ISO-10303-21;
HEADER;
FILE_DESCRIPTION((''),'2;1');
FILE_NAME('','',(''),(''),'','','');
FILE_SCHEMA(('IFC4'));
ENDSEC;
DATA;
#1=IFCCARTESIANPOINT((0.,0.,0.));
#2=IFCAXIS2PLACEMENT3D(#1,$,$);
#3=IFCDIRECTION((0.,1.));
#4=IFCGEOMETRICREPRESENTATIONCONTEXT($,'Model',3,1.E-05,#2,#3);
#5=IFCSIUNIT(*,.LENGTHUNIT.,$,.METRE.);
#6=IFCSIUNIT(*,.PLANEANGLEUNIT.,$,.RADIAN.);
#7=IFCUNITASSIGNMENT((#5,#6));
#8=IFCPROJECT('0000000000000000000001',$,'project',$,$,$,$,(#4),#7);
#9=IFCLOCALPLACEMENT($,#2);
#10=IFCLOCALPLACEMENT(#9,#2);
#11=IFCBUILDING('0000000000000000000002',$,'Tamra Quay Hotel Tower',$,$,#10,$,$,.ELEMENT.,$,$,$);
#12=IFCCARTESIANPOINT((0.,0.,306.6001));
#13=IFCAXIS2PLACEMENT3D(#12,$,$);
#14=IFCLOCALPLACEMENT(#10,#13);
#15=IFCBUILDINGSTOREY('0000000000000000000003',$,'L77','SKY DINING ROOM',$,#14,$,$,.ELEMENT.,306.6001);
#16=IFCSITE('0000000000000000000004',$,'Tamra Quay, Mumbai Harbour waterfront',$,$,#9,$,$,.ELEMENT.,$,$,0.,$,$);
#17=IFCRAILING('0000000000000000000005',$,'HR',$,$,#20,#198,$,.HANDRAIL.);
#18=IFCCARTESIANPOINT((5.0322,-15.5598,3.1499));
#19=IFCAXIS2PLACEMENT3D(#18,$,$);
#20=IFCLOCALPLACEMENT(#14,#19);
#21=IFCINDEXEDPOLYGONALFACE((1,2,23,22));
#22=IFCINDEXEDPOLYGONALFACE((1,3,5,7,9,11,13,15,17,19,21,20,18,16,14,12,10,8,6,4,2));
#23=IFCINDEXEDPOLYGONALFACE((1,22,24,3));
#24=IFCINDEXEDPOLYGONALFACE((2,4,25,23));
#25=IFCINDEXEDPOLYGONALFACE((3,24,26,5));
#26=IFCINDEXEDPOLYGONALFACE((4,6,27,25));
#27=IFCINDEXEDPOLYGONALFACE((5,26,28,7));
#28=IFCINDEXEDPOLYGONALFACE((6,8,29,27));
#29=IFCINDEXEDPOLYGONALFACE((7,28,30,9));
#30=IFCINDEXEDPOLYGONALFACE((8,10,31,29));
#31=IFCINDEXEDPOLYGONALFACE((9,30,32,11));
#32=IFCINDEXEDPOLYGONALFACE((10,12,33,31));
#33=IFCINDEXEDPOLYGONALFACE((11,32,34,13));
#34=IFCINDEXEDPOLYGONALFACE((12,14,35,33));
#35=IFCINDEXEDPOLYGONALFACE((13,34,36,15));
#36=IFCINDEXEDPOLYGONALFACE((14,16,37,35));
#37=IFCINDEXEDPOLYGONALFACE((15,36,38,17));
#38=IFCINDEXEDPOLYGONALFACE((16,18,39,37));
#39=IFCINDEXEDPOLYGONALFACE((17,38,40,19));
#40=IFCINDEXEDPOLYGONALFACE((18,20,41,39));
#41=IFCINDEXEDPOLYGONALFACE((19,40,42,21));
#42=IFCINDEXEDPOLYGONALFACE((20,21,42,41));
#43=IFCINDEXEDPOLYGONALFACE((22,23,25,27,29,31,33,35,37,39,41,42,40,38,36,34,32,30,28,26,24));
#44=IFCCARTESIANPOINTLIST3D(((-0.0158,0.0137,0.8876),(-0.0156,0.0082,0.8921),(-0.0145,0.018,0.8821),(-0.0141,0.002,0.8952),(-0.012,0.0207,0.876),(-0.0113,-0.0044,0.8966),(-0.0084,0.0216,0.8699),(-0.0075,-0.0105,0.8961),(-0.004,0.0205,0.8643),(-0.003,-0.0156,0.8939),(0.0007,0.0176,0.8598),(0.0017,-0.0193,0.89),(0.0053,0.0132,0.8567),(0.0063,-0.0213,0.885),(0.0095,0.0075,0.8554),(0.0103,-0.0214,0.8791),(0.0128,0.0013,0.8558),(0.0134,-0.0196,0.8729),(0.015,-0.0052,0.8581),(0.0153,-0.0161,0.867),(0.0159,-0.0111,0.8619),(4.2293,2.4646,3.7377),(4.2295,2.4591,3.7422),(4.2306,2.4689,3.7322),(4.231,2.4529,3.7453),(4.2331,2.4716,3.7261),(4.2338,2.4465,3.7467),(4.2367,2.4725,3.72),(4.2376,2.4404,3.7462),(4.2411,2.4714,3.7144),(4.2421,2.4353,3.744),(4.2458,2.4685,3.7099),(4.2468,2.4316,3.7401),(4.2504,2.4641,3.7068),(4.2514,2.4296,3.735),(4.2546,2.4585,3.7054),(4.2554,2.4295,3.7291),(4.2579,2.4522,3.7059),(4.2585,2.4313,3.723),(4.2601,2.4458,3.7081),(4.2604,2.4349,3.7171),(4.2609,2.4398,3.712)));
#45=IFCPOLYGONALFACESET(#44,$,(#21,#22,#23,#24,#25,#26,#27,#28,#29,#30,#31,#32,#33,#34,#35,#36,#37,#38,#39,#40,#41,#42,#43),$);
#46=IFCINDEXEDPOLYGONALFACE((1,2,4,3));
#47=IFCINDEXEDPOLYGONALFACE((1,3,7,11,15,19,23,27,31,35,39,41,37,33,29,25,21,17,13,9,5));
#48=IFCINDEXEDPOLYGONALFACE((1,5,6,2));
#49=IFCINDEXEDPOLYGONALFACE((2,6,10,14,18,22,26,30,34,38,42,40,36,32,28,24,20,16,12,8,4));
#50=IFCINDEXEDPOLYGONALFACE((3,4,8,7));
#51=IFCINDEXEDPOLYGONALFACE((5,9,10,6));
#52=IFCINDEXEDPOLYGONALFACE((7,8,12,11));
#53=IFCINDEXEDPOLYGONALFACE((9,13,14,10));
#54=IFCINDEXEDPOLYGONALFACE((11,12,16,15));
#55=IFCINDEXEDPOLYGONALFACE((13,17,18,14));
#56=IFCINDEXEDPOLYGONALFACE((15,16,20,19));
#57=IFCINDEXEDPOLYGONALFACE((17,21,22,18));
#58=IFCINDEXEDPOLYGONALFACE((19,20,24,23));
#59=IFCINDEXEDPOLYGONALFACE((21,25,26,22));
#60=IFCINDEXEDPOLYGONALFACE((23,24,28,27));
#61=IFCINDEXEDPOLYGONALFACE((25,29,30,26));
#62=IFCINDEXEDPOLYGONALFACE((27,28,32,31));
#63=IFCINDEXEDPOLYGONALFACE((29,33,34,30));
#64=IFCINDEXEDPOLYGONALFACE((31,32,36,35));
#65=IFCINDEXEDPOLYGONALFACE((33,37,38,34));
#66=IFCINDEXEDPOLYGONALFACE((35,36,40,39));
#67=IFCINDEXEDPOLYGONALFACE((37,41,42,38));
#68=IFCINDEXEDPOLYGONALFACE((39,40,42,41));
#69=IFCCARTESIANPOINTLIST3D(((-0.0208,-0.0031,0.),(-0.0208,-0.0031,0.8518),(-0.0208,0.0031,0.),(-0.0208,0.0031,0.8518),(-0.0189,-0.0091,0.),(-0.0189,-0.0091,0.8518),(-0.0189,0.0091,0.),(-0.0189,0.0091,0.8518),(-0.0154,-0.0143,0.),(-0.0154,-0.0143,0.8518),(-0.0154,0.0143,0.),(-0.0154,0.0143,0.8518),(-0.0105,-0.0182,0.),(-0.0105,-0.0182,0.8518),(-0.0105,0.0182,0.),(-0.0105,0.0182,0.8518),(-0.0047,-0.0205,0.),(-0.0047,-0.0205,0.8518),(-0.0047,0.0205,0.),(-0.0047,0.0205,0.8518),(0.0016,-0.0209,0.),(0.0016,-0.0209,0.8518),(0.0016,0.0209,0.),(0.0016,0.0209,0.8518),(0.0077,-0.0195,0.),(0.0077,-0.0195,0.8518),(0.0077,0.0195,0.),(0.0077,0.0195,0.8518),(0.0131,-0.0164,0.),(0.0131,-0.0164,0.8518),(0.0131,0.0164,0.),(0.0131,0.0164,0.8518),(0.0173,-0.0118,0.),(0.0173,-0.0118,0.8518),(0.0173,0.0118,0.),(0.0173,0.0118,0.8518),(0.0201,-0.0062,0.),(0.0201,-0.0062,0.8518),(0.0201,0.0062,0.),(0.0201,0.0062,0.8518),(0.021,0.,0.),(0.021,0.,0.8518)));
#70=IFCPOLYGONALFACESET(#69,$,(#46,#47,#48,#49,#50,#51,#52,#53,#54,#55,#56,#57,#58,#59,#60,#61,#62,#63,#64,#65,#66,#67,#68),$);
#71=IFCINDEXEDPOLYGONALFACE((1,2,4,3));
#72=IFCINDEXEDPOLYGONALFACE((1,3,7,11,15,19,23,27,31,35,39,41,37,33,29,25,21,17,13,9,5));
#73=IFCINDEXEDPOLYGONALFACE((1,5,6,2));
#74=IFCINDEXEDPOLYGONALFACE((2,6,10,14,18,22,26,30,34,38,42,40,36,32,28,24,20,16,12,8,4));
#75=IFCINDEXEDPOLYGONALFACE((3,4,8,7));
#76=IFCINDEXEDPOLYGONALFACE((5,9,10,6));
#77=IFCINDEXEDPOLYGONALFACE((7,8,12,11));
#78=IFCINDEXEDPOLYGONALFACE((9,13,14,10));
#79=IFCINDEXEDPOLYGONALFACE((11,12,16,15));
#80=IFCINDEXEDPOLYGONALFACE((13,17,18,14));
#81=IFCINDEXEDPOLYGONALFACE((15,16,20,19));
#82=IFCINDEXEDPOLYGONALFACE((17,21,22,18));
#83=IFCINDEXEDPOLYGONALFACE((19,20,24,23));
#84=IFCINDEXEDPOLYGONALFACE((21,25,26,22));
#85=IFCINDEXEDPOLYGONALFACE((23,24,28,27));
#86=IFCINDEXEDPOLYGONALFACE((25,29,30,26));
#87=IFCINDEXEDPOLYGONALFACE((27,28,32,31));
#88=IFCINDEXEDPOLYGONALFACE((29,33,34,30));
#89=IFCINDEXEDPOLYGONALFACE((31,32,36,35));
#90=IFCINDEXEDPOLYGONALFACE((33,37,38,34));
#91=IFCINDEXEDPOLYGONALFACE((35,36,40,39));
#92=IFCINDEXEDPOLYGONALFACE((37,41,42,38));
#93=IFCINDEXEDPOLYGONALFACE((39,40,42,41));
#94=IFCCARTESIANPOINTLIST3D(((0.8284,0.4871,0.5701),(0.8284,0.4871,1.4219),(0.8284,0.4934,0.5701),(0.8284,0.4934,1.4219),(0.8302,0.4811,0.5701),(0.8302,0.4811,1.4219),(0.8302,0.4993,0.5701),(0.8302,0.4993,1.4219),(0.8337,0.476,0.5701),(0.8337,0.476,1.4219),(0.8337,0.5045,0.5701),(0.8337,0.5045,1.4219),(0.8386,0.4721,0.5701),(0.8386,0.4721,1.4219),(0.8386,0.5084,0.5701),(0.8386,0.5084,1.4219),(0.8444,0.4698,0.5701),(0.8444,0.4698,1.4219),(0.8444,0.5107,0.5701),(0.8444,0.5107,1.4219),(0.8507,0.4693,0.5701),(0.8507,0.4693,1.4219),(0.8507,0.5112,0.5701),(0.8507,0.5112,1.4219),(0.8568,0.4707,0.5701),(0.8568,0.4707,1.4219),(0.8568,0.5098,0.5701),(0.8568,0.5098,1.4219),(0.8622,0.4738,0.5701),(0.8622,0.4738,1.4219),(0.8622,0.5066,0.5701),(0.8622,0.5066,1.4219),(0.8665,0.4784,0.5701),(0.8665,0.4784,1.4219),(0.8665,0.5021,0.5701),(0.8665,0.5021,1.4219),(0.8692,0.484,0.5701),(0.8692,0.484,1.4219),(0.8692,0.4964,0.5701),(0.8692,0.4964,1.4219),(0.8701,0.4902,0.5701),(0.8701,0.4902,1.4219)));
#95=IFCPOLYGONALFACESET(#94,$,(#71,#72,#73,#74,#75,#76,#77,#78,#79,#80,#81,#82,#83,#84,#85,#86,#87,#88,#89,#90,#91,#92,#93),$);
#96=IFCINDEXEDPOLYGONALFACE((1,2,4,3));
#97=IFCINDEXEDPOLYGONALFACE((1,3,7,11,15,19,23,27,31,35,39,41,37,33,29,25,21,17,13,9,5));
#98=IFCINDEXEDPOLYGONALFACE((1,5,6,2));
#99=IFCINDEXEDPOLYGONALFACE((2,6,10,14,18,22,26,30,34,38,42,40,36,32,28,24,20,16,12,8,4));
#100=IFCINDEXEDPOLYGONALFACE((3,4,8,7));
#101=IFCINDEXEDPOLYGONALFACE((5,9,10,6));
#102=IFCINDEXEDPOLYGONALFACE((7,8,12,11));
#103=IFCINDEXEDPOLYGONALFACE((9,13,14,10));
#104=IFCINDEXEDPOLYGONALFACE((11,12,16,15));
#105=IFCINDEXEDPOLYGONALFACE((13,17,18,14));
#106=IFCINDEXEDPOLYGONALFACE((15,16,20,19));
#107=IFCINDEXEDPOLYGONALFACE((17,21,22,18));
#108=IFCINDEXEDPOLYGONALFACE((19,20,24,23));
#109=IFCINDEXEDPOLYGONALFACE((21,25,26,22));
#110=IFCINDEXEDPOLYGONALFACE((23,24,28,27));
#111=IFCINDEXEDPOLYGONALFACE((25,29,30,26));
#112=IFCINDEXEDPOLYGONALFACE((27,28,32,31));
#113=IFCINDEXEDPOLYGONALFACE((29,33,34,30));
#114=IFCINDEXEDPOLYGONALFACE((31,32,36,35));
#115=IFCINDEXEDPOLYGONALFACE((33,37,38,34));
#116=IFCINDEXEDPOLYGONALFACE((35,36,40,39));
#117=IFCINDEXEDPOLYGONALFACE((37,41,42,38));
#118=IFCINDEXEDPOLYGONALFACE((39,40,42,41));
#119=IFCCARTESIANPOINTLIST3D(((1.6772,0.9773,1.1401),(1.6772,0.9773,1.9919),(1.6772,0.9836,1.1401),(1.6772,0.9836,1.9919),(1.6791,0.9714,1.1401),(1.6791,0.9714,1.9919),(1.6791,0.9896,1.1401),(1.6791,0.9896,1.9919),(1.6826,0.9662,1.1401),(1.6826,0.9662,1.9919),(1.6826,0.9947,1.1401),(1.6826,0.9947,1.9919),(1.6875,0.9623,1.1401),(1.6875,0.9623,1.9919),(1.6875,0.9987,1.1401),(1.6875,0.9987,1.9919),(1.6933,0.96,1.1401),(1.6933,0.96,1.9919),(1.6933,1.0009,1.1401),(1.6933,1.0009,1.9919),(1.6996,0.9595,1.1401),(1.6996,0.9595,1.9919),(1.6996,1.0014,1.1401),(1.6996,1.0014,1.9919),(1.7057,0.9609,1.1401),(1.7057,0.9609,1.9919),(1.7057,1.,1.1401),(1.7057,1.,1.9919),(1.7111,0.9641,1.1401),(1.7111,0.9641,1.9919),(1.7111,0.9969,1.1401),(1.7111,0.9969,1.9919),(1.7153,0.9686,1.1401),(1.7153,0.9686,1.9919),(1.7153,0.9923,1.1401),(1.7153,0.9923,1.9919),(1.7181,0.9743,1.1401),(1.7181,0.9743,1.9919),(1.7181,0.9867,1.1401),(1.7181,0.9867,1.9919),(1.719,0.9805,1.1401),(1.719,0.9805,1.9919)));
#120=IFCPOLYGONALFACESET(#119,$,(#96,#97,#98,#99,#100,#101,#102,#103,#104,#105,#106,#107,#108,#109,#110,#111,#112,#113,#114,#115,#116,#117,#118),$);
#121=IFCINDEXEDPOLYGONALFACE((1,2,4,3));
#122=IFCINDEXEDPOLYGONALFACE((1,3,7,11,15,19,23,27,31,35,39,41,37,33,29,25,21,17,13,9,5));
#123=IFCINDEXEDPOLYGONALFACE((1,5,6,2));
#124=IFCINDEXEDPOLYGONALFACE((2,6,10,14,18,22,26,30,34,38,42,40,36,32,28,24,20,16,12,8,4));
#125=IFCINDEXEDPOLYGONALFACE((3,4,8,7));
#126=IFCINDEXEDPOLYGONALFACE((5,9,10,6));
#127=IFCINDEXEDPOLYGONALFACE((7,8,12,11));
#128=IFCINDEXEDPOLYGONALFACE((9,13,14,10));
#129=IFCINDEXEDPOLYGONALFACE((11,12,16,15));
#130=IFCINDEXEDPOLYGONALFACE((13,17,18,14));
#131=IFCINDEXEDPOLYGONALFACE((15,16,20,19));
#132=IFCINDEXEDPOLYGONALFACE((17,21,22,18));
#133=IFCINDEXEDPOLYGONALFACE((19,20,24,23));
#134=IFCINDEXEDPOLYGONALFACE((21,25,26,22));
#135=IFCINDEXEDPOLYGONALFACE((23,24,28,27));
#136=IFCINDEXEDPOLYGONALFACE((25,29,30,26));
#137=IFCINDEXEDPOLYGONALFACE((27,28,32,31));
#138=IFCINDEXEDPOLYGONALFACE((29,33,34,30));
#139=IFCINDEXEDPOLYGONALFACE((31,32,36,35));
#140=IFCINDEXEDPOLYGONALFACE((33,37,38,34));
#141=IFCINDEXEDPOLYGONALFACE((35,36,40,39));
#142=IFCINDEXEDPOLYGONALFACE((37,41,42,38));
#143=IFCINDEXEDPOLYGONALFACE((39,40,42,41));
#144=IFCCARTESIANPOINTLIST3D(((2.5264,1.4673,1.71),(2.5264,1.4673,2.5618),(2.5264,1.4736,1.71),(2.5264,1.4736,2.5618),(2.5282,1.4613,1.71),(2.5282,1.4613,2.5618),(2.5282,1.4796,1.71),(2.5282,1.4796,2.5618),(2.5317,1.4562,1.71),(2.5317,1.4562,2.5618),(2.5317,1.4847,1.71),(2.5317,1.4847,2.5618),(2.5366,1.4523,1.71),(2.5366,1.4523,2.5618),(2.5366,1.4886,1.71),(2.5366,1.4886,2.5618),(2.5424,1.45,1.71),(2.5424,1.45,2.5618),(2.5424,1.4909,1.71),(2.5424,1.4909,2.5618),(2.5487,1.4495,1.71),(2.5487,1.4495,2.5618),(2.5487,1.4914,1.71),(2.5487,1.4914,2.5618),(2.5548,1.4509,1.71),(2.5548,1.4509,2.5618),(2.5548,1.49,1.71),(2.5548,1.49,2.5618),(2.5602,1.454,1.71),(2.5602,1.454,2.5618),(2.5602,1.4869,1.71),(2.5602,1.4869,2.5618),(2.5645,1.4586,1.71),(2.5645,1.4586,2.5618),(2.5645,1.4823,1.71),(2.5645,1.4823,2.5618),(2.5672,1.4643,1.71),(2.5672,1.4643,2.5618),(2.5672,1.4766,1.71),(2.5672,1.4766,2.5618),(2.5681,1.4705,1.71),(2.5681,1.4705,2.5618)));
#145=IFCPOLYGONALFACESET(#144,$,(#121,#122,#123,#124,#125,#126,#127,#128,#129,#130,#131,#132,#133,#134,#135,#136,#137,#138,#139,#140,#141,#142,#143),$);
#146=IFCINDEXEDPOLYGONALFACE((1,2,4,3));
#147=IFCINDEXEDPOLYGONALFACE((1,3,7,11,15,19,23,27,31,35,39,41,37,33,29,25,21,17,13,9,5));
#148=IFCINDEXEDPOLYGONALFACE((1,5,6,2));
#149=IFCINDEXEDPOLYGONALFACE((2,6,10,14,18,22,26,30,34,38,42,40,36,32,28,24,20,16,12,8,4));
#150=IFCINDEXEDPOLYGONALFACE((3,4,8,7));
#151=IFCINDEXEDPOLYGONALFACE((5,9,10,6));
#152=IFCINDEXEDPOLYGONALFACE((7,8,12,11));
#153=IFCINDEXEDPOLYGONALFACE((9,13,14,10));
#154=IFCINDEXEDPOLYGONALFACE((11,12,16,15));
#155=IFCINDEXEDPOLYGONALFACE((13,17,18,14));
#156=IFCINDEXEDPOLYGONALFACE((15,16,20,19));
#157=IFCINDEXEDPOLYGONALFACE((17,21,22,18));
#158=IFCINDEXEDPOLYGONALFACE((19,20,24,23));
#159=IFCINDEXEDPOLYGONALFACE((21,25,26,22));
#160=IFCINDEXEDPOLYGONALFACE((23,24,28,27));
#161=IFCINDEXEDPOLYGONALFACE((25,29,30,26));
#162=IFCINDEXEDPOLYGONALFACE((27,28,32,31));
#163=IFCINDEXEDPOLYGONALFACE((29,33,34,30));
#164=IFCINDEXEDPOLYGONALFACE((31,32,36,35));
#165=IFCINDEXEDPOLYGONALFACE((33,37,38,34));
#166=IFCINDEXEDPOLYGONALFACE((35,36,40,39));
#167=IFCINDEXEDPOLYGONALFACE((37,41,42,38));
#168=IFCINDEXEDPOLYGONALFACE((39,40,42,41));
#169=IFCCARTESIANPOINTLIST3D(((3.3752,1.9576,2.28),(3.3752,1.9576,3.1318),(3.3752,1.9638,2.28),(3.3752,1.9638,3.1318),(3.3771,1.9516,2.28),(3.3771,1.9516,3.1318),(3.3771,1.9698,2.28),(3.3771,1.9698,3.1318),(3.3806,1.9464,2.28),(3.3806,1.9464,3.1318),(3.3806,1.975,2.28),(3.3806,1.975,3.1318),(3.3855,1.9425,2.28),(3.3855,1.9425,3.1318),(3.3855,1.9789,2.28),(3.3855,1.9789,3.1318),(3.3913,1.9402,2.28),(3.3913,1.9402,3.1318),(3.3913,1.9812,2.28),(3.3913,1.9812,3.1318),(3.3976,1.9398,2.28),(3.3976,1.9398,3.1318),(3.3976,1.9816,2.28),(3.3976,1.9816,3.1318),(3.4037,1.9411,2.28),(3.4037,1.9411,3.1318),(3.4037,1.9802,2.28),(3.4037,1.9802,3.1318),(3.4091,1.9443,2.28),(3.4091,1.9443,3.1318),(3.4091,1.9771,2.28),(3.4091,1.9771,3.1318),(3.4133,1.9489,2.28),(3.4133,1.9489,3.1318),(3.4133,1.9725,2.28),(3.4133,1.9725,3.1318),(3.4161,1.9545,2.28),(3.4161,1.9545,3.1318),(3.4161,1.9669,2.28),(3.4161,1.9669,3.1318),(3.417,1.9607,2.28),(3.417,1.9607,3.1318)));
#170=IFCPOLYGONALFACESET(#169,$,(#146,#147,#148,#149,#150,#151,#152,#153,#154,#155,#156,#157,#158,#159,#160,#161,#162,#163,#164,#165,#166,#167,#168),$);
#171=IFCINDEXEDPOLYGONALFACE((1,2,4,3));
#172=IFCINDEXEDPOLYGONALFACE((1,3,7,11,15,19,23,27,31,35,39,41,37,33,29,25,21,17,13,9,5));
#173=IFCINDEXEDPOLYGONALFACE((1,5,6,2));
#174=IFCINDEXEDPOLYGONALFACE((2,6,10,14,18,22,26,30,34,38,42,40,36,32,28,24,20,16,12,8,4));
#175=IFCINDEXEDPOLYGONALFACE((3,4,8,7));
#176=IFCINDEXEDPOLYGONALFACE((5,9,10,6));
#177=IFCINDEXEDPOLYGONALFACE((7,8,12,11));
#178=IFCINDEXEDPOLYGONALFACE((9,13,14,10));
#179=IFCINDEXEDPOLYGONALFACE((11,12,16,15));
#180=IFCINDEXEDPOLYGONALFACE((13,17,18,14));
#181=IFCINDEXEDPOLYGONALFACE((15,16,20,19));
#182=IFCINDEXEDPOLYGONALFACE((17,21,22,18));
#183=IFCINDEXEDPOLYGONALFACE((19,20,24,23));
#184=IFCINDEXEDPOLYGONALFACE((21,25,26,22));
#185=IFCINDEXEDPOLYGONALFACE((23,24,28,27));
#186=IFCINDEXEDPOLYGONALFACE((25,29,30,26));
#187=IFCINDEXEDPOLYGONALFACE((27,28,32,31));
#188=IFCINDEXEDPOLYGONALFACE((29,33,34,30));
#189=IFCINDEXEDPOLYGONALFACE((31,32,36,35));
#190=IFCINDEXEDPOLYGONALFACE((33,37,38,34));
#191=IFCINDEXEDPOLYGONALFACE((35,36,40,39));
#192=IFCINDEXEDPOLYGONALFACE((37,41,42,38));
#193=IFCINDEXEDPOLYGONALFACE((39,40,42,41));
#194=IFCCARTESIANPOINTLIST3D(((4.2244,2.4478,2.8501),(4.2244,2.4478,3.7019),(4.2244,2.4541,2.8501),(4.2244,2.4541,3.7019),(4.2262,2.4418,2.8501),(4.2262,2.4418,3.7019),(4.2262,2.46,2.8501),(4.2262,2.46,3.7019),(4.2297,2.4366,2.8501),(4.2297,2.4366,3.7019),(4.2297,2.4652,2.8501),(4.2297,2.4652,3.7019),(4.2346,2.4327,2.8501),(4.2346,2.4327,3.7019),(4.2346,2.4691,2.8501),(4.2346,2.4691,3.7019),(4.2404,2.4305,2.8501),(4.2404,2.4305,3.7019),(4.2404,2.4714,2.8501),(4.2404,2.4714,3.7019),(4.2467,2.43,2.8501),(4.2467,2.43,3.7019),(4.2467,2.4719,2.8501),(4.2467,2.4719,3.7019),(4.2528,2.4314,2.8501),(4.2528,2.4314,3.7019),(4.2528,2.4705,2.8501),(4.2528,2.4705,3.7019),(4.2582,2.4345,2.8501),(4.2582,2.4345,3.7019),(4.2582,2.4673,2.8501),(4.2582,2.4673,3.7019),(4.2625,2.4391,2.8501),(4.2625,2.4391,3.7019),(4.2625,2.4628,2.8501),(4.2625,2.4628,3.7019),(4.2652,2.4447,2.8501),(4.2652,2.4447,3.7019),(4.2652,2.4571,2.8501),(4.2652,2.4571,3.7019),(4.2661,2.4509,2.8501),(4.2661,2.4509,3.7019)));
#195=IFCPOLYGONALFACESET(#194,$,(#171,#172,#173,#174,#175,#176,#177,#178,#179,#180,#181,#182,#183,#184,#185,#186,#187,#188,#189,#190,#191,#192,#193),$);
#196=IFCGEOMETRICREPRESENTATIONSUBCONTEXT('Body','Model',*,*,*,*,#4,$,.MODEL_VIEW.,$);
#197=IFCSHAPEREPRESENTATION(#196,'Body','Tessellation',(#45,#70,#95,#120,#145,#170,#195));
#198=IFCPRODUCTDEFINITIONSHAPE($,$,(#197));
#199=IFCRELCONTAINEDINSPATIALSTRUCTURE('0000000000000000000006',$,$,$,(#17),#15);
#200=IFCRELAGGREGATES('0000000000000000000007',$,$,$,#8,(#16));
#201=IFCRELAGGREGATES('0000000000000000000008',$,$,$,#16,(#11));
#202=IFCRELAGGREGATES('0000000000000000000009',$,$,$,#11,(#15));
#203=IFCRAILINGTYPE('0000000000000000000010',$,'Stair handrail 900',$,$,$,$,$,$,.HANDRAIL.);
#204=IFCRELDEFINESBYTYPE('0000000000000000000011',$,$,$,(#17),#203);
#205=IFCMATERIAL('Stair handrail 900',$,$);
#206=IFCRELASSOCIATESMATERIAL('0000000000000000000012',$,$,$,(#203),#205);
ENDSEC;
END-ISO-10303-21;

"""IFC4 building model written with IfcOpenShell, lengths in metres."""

from ifc_helpers import new_model, si_unit, direction, frame, origin, origin_2d, place, context, subcontext, project, spatial, circle, extrude, material, type_object, element, save


model = new_model("IFC4")

# Units and contexts
model_context = context("Model", 3, precision=1e-05, world=origin(), true_north=direction((0.0, 1.0)))
body_context = subcontext(model_context, "Body", "Model", "MODEL_VIEW")
ifc_project = project(units=[si_unit("LENGTHUNIT", "METRE"), si_unit("PLANEANGLEUNIT", "RADIAN")], contexts=[model_context])

# Site, building, storey
site_placement = place(None, origin())
site = spatial("IfcSite", under=ifc_project, at=site_placement, Name="Tamra Quay, Mumbai Harbour waterfront", CompositionType="ELEMENT", RefElevation=0.0)
building_placement = place(site_placement, origin())
building = spatial("IfcBuilding", under=site, at=building_placement, Name="Tamra Quay Hotel Tower", CompositionType="ELEMENT")
storey_placement = place(building_placement, frame((0.0, 0.0, 306.6001)))
storey = spatial("IfcBuildingStorey", under=building, at=storey_placement, Name="L77", Description="SKY DINING ROOM", CompositionType="ELEMENT", Elevation=306.6001)

# Railing
ifc_material_1 = material(Name="Stair handrail 900")
railing_type = type_object("IfcRailingType", Name="Stair handrail 900", PredefinedType="HANDRAIL", material=ifc_material_1)
railing_placement = place(storey_placement, frame((5.0322, -15.5598, 3.1499)))
element("IfcRailing", 1, at=railing_placement, inside=storey, type_object=railing_type, Name="HR", PredefinedType="HANDRAIL", context=body_context, shape_type="SweptSolid", body=[
    extrude(circle(Radius=0.0239, at=origin_2d()), frame((0.0, 0.0, 0.876), z_axis=(0.748672, 0.432247, 0.502645), x_axis=(-0.500001, 0.866025, 0.0)), (0.0, 0.0, 1.0), 5.6702),
    extrude(circle(Radius=0.021, at=origin_2d()), origin(), (0.0, 0.0, 1.0), 0.8518),
    extrude(circle(Radius=0.021, at=origin_2d()), frame((0.8491, 0.4902, 0.5701)), (0.0, 0.0, 1.0), 0.8518),
    extrude(circle(Radius=0.021, at=origin_2d()), frame((1.698, 0.9805, 1.1401)), (0.0, 0.0, 1.0), 0.8518),
    extrude(circle(Radius=0.021, at=origin_2d()), frame((2.5471, 1.4705, 1.71)), (0.0, 0.0, 1.0), 0.8518),
    extrude(circle(Radius=0.021, at=origin_2d()), frame((3.396, 1.9607, 2.28)), (0.0, 0.0, 1.0), 0.8518),
    extrude(circle(Radius=0.021, at=origin_2d()), frame((4.2451, 2.4509, 2.8501)), (0.0, 0.0, 1.0), 0.8518),
])

save(model, "model.ifc")
